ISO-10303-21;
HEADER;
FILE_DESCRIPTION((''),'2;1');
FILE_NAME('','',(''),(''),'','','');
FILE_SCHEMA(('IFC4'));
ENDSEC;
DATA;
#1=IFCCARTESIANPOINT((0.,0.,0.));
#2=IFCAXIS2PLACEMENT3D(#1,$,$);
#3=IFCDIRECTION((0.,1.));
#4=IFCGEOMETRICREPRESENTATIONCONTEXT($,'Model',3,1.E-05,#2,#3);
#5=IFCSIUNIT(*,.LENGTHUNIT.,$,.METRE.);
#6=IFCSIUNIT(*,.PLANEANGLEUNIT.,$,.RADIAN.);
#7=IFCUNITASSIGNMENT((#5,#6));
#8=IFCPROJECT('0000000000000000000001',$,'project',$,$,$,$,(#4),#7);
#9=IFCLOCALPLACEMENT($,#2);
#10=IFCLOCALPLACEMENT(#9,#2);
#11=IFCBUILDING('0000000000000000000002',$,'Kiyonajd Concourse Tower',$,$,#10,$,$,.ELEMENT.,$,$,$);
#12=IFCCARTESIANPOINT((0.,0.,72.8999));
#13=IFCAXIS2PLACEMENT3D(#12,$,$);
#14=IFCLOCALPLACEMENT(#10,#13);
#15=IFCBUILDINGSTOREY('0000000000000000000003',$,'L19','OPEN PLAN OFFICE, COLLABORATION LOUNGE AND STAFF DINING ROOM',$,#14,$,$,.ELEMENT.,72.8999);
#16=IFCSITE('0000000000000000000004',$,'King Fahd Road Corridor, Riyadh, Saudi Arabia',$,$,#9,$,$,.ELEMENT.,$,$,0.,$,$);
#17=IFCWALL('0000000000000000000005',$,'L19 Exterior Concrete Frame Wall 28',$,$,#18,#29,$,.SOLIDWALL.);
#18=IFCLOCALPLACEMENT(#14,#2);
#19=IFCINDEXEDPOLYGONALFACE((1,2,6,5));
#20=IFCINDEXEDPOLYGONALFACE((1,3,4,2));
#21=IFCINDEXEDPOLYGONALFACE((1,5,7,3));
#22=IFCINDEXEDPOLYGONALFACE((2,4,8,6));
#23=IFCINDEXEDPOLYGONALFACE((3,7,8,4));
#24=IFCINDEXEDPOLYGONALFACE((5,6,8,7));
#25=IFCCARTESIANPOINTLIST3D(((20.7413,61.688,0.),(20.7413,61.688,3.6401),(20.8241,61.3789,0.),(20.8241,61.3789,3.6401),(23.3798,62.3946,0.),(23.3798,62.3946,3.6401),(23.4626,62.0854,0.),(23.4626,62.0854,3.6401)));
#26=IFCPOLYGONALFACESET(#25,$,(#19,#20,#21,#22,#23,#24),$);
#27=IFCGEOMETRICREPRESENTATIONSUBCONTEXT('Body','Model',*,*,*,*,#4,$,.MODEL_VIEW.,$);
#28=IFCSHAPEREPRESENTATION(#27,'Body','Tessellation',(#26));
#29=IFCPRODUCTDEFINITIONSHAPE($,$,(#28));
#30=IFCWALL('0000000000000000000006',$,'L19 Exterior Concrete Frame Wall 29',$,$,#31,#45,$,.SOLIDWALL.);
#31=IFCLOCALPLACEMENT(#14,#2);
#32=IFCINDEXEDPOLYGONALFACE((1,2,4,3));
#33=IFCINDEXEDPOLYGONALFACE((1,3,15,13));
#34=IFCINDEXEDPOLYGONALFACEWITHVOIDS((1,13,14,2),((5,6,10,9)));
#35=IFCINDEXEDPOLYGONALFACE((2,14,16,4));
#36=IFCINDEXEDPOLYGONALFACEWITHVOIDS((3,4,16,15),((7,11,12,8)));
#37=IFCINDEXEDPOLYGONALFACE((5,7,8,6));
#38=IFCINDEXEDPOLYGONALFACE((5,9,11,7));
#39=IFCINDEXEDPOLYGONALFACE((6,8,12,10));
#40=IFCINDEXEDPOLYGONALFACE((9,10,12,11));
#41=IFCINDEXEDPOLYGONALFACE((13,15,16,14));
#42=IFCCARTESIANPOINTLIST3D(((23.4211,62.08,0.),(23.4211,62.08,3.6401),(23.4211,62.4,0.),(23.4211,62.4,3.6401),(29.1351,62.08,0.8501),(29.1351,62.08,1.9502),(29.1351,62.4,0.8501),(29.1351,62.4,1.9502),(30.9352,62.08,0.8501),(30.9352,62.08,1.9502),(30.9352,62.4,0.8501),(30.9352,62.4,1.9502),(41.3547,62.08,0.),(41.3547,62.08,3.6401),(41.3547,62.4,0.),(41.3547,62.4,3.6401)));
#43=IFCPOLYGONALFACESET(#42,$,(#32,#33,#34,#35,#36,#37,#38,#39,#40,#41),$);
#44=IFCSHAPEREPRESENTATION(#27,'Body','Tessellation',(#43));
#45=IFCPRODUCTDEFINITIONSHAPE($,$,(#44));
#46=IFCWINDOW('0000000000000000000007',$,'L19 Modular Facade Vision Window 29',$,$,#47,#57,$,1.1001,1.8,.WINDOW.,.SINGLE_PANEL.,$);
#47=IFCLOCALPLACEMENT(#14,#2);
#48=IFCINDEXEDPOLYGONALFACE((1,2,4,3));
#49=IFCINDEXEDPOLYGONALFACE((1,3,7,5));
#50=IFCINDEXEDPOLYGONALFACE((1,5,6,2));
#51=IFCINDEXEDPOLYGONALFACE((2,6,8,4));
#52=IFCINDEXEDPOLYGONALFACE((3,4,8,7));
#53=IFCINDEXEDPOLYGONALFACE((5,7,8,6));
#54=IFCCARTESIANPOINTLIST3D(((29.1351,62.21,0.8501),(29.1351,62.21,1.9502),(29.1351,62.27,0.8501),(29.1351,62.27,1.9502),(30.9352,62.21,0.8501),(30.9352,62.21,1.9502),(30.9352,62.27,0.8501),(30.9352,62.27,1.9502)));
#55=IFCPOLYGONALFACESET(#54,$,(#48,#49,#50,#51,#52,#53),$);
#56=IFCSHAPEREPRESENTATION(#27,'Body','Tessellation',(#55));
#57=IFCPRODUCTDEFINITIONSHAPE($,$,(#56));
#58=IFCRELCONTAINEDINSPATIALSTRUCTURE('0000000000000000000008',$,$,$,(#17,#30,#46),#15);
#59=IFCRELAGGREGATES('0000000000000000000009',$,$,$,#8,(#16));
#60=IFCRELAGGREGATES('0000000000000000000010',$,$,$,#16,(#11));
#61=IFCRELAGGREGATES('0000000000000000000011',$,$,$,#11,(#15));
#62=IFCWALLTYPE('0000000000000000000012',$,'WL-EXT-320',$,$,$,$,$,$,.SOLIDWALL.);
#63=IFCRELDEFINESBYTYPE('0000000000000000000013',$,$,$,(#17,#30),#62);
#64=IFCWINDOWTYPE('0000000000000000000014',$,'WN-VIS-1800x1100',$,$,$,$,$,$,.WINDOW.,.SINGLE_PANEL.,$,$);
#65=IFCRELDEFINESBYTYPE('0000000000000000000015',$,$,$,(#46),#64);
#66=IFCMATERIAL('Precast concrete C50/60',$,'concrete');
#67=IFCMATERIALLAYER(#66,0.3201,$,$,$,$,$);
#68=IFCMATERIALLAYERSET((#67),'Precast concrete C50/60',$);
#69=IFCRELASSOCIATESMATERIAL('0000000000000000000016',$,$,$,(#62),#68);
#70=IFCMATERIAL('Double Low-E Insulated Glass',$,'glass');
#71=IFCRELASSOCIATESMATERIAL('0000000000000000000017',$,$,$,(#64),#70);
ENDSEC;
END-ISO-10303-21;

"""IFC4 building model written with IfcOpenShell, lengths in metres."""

from ifc_helpers import new_model, si_unit, direction, frame, frame_2d, origin, place, context, subcontext, project, spatial, rectangle, extrude, material, layer, layer_set, type_object, element, fill, save


model = new_model("IFC4")

# Units and contexts
model_context = context("Model", 3, precision=1e-05, world=origin(), true_north=direction((0.0, 1.0)))
body_context = subcontext(model_context, "Body", "Model", "MODEL_VIEW")
ifc_project = project(units=[si_unit("LENGTHUNIT", "METRE"), si_unit("PLANEANGLEUNIT", "RADIAN")], contexts=[model_context])

# Site, building, storey
site_placement = place(None, origin())
site = spatial("IfcSite", under=ifc_project, at=site_placement, Name="King Fahd Road Corridor, Riyadh, Saudi Arabia", CompositionType="ELEMENT", RefElevation=0.0)
building_placement = place(site_placement, origin())
building = spatial("IfcBuilding", under=site, at=building_placement, Name="Kiyonajd Concourse Tower", CompositionType="ELEMENT")
storey_placement = place(building_placement, frame((0.0, 0.0, 72.8999)))
storey = spatial("IfcBuildingStorey", under=building, at=storey_placement, Name="L19", Description="OPEN PLAN OFFICE, COLLABORATION LOUNGE AND STAFF DINING ROOM", CompositionType="ELEMENT", Elevation=72.8999)

# Shared definitions
ifc_material_1 = material(Name="Precast concrete C50/60", Category="concrete")

# Wall
ifc_layer = layer(ifc_material_1, 0.3201)
ifc_layer_set = layer_set([ifc_layer], Name="Precast concrete C50/60")
wall_type = type_object("IfcWallType", Name="WL-EXT-320", PredefinedType="SOLIDWALL", material=ifc_layer_set)
wall_1_placement = place(storey_placement, frame((20.7827, 61.5334, 0.0), z_axis=(0.0, 0.0, 1.0), x_axis=(0.965964, 0.258675, 0.0)))
element("IfcWall", 1, at=wall_1_placement, inside=storey, type_object=wall_type, Name="L19 Exterior Concrete Frame Wall 28", PredefinedType="SOLIDWALL", context=body_context, shape_type="SweptSolid", body=[
    extrude(rectangle(XDim=2.7314, YDim=0.3201, at=frame_2d((1.3657, 0.0))), origin(), (0.0, 0.0, 1.0), 3.6401),
])

# Wall, opening, window
wall_2_placement = place(storey_placement, frame((23.4211, 62.24, 0.0), z_axis=(0.0, 0.0, 1.0), x_axis=(1.0, 0.0, 0.0)))
wall_2 = element("IfcWall", 2, at=wall_2_placement, inside=storey, type_object=wall_type, Name="L19 Exterior Concrete Frame Wall 29", PredefinedType="SOLIDWALL", context=body_context, shape_type="SweptSolid", body=[
    extrude(rectangle(XDim=17.9336, YDim=0.3201, at=frame_2d((8.9668, 0.0))), origin(), (0.0, 0.0, 1.0), 3.6401),
])
opening_placement = place(wall_2_placement, frame((5.7141, 0.0, 0.8501)))
opening = element("IfcOpeningElement", 3, at=opening_placement, cuts=wall_2, PredefinedType="OPENING", context=body_context, shape_type="SweptSolid", body=[
    extrude(rectangle(XDim=1.8, YDim=1.1001, at=frame_2d((0.8999, 0.55))), frame((0.0, 0.1699, 0.0), z_axis=(0.0, -1.0, 0.0), x_axis=(1.0, 0.0, 0.0)), (0.0, 0.0, 1.0), 0.3401),
])
ifc_material_2 = material(Name="Double Low-E Insulated Glass", Category="glass")
window_type = type_object("IfcWindowType", Name="WN-VIS-1800x1100", PartitioningType="SINGLE_PANEL", PredefinedType="WINDOW", material=ifc_material_2)
window_placement = place(opening_placement, origin())
window = element("IfcWindow", 4, at=window_placement, inside=storey, type_object=window_type, Name="L19 Modular Facade Vision Window 29", OverallHeight=1.1001, OverallWidth=1.8, PartitioningType="SINGLE_PANEL", PredefinedType="WINDOW", context=body_context, shape_type="SweptSolid", body=[
    extrude(rectangle(XDim=1.8, YDim=1.1001, at=frame_2d((0.8999, 0.55))), frame((0.0, 0.03, 0.0), z_axis=(0.0, -1.0, 0.0), x_axis=(1.0, 0.0, 0.0)), (0.0, 0.0, 1.0), 0.0601),
])
fill(opening, window)

save(model, "model.ifc")
